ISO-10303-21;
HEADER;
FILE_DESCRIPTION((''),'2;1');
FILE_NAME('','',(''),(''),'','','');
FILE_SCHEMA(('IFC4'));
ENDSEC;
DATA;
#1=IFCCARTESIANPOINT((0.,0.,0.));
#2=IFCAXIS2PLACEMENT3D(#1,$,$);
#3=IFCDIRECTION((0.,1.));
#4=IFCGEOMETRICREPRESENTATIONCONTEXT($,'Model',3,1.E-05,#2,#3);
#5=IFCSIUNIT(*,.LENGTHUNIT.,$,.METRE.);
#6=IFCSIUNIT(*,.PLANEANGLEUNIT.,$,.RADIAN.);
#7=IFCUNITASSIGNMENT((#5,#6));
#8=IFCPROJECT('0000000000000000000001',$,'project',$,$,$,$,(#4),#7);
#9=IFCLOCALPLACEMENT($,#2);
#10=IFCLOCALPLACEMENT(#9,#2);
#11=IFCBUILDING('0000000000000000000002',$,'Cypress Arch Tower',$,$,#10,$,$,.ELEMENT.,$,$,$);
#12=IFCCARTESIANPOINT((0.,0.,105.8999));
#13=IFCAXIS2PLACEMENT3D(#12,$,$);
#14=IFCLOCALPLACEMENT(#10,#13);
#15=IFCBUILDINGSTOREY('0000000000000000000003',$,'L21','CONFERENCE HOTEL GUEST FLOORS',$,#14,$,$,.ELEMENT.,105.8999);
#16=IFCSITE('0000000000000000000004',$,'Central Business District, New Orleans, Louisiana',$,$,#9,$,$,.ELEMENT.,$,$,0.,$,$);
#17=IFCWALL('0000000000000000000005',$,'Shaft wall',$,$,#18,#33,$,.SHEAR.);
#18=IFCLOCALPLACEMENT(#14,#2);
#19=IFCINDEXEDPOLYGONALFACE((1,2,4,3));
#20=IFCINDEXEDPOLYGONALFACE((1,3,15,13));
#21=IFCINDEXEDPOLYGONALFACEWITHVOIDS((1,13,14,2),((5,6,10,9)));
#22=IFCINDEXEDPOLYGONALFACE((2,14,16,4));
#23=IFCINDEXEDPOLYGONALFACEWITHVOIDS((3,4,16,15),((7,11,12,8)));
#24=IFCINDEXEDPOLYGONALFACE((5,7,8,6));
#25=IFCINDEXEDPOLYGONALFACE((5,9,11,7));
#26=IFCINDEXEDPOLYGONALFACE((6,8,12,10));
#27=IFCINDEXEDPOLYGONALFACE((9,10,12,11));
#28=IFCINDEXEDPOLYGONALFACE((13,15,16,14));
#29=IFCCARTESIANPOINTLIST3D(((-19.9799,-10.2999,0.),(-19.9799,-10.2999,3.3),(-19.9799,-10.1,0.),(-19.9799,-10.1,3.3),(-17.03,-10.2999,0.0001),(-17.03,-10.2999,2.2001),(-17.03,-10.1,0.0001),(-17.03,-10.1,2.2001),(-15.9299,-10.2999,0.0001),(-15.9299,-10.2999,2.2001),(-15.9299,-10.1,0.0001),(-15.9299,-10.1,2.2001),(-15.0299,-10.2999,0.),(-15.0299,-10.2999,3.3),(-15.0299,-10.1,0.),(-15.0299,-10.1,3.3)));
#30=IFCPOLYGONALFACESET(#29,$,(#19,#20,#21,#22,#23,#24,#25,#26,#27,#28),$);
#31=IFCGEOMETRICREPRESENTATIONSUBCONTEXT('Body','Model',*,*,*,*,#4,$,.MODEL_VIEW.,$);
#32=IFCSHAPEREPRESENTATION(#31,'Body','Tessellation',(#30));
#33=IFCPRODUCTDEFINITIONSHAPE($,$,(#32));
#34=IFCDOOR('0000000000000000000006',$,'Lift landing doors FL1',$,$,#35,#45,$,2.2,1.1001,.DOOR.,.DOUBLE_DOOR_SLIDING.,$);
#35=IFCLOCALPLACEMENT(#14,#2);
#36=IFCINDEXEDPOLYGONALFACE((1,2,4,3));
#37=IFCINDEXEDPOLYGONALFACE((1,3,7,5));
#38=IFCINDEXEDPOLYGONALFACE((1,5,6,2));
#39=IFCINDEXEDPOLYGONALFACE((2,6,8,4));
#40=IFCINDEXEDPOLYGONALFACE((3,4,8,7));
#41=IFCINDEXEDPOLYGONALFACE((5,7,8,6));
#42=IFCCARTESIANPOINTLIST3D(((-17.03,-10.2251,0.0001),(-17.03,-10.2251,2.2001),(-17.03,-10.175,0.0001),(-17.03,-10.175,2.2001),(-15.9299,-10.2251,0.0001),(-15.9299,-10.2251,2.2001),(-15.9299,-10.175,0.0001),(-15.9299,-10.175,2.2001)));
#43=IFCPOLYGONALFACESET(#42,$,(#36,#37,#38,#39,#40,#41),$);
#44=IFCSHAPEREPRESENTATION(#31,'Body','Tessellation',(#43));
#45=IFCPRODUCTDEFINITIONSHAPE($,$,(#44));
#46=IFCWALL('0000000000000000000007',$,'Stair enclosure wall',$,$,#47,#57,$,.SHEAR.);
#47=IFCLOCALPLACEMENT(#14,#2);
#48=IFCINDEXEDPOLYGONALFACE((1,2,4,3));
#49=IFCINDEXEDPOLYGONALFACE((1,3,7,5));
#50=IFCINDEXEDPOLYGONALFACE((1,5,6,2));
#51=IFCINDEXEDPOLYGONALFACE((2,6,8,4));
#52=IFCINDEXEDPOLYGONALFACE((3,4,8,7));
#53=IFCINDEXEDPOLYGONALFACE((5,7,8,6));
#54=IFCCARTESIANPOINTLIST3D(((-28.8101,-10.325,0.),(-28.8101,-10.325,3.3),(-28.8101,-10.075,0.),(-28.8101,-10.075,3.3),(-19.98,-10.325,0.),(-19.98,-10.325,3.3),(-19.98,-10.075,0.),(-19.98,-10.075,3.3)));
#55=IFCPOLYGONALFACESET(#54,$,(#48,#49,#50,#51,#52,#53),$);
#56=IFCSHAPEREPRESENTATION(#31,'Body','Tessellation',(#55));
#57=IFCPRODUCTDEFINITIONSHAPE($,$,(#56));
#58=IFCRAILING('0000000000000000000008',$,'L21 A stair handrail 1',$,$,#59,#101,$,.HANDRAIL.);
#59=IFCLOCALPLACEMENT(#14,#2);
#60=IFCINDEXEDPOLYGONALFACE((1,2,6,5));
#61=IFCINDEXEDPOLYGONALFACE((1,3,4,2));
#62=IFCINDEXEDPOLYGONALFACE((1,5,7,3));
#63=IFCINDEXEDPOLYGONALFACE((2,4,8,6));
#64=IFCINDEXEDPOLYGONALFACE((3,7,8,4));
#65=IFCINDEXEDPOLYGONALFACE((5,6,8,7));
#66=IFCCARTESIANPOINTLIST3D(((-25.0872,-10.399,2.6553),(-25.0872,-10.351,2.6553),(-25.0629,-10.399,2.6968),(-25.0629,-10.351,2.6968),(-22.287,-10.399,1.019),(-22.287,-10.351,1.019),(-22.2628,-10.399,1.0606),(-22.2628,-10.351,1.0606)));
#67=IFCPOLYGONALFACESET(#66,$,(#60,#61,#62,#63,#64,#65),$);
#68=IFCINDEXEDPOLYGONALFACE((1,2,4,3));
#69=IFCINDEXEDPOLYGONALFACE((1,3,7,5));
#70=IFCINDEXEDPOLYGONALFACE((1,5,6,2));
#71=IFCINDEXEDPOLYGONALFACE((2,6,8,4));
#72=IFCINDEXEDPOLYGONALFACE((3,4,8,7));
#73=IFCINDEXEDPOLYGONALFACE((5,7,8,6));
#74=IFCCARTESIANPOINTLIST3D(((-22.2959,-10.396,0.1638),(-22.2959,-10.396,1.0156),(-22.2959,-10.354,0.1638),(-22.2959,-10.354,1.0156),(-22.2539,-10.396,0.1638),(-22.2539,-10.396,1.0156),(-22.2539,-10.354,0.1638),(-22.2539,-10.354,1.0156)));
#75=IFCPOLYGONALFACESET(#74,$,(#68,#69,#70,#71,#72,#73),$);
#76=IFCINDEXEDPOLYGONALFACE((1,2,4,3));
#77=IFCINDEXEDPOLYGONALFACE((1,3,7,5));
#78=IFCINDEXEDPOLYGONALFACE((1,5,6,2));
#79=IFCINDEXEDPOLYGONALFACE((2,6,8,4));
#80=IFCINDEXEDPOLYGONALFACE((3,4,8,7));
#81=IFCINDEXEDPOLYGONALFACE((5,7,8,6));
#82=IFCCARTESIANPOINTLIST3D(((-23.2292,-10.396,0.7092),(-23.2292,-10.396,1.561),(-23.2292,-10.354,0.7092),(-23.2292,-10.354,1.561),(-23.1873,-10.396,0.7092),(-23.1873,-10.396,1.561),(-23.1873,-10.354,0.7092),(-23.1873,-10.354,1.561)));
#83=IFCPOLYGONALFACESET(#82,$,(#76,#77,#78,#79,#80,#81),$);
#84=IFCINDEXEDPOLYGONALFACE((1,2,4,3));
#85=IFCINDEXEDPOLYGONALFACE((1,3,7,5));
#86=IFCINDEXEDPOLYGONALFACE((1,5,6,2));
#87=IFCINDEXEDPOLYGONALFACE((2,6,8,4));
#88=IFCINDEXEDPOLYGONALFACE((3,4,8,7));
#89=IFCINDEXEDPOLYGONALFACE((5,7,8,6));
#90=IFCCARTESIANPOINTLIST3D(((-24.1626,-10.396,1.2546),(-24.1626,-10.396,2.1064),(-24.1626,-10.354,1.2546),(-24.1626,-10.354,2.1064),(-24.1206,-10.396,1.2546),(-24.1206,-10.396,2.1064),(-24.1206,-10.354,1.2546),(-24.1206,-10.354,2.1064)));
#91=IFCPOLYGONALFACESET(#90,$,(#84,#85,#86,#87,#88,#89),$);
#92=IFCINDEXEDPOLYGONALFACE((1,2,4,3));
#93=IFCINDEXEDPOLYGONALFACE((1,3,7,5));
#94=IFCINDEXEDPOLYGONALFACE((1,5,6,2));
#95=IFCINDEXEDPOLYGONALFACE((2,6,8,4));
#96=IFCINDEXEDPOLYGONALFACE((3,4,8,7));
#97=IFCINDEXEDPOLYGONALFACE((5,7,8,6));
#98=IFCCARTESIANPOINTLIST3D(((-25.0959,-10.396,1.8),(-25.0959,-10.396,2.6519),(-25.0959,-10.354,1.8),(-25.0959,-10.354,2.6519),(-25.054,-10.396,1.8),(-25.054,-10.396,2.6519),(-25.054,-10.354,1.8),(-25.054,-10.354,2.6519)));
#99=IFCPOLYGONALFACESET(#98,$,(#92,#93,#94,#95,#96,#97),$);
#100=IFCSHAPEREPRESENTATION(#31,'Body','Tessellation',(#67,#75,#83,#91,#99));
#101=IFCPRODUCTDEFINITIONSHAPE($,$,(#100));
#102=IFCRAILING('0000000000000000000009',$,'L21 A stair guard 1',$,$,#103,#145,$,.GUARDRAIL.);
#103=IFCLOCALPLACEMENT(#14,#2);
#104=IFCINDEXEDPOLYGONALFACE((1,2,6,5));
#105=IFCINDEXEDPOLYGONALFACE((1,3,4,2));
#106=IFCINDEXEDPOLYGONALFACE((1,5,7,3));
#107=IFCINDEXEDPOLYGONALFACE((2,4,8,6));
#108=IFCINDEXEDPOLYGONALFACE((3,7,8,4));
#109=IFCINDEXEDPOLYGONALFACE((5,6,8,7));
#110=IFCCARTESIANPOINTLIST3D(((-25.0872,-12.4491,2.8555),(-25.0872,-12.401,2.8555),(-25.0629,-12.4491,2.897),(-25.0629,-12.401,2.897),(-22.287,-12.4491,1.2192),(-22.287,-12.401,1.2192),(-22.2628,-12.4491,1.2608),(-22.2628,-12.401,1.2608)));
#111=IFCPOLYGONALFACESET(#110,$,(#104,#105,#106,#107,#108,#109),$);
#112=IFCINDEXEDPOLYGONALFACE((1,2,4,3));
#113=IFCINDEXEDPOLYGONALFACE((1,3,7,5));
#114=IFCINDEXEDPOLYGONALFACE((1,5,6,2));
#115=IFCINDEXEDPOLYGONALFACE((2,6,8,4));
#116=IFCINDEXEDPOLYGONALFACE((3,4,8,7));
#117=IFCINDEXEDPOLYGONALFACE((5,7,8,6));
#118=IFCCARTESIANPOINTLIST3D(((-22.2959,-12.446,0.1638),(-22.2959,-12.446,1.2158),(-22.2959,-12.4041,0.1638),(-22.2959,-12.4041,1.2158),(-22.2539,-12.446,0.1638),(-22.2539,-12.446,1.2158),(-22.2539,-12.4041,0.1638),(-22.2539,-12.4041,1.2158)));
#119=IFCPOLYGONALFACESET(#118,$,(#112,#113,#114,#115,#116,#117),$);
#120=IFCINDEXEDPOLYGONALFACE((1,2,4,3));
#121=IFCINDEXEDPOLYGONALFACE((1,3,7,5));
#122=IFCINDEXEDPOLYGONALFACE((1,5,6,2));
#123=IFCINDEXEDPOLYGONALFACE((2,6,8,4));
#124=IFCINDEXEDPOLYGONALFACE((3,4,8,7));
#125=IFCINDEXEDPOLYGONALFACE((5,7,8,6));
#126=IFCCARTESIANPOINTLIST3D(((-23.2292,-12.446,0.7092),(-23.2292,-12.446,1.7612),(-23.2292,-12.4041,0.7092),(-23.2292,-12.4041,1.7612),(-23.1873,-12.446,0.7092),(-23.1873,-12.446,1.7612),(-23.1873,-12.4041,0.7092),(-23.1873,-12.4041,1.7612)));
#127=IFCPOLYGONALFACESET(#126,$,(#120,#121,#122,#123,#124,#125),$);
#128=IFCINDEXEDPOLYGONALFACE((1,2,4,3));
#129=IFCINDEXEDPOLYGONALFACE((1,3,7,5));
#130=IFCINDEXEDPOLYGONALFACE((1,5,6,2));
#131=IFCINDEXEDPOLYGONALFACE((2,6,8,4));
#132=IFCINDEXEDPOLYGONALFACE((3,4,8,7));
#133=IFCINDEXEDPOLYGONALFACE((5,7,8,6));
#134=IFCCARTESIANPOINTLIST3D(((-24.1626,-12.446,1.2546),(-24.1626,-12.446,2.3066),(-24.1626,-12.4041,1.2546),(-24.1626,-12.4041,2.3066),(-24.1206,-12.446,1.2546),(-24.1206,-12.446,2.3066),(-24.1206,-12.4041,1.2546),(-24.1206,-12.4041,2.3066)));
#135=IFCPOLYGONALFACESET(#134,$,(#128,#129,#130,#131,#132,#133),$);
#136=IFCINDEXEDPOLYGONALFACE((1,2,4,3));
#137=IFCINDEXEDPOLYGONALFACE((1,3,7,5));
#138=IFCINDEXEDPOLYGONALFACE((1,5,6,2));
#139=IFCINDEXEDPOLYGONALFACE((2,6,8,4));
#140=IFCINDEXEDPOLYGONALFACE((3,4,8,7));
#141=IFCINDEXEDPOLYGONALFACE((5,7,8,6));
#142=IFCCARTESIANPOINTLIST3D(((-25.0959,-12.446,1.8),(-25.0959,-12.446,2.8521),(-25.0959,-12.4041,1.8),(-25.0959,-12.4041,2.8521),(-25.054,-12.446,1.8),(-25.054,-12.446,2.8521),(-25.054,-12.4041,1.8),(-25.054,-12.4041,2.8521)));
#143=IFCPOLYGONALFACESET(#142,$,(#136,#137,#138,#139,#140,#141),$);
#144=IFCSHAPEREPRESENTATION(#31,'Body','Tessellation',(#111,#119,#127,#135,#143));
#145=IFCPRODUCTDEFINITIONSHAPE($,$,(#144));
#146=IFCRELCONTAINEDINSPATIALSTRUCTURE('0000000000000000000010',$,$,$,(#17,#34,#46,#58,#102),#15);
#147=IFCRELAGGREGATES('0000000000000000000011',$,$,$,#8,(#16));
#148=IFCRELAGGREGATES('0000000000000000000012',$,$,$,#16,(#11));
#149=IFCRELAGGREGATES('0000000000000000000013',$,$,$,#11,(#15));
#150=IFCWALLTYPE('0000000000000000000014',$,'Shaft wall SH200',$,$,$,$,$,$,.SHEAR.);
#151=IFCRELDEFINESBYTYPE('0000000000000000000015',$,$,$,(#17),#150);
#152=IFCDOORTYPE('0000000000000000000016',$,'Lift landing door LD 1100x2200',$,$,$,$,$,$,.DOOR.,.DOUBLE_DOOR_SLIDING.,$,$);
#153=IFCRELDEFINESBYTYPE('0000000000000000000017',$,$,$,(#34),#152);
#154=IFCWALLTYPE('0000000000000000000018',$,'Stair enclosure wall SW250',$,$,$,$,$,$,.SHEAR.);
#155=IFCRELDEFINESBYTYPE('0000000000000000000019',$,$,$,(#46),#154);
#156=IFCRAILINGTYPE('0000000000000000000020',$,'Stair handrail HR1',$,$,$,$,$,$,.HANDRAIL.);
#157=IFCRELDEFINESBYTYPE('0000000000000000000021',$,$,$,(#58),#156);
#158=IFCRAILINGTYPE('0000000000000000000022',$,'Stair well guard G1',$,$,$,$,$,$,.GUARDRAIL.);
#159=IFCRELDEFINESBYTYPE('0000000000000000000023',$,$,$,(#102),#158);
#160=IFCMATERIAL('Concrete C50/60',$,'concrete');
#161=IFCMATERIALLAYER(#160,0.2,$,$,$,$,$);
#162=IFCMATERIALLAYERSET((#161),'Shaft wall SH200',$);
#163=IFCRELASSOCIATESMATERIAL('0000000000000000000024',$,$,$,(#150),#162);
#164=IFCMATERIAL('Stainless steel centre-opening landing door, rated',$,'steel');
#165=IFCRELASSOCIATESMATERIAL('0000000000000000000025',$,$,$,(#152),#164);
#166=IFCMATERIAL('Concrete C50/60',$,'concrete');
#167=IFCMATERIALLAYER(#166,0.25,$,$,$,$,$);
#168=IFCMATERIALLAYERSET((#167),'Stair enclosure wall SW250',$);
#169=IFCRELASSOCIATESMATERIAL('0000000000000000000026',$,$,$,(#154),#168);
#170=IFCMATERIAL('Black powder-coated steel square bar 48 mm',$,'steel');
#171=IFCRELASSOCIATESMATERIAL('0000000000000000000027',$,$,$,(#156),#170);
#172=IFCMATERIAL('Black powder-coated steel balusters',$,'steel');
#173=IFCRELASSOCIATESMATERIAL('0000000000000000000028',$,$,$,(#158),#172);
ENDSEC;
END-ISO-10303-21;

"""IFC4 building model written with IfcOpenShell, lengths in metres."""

from ifc_helpers import new_model, si_unit, direction, frame, frame_2d, origin, origin_2d, place, context, subcontext, project, spatial, rectangle, extrude, material, layer, layer_set, type_object, element, fill, save


model = new_model("IFC4")

# Units and contexts
model_context = context("Model", 3, precision=1e-05, world=origin(), true_north=direction((0.0, 1.0)))
body_context = subcontext(model_context, "Body", "Model", "MODEL_VIEW")
ifc_project = project(units=[si_unit("LENGTHUNIT", "METRE"), si_unit("PLANEANGLEUNIT", "RADIAN")], contexts=[model_context])

# Site, building, storey
site_placement = place(None, origin())
site = spatial("IfcSite", under=ifc_project, at=site_placement, Name="Central Business District, New Orleans, Louisiana", CompositionType="ELEMENT", RefElevation=0.0)
building_placement = place(site_placement, origin())
building = spatial("IfcBuilding", under=site, at=building_placement, Name="Cypress Arch Tower", CompositionType="ELEMENT")
storey_placement = place(building_placement, frame((0.0, 0.0, 105.8999)))
storey = spatial("IfcBuildingStorey", under=building, at=storey_placement, Name="L21", Description="CONFERENCE HOTEL GUEST FLOORS", CompositionType="ELEMENT", Elevation=105.8999)

# Shared definitions
ifc_material_1 = material(Name="Concrete C50/60", Category="concrete")
ifc_layer_1 = layer(ifc_material_1, 0.2)
ifc_layer_set_1 = layer_set([ifc_layer_1], Name="Shaft wall SH200")
wall_type_1 = type_object("IfcWallType", Name="Shaft wall SH200", PredefinedType="SHEAR", material=ifc_layer_set_1)
ifc_material_2 = material(Name="Stainless steel centre-opening landing door, rated", Category="steel")
door_type = type_object("IfcDoorType", Name="Lift landing door LD 1100x2200", OperationType="DOUBLE_DOOR_SLIDING", PredefinedType="DOOR", material=ifc_material_2)

# Wall, opening, door
wall_1_placement = place(storey_placement, frame((-19.98, -10.2, 0.0), z_axis=(0.0, 0.0, 1.0), x_axis=(1.0, 0.0, 0.0)))
wall_1 = element("IfcWall", 1, at=wall_1_placement, inside=storey, type_object=wall_type_1, Name="Shaft wall", PredefinedType="SHEAR", context=body_context, shape_type="SweptSolid", body=[
    extrude(rectangle(XDim=4.95, YDim=0.2, at=frame_2d((2.4751, 0.0))), origin(), (0.0, 0.0, 1.0), 3.3),
])
opening_1_placement = place(wall_1_placement, frame((2.95, 0.0, 0.0)))
opening_1 = element("IfcOpeningElement", 2, at=opening_1_placement, cuts=wall_1, PredefinedType="OPENING", context=body_context, shape_type="SweptSolid", body=[
    extrude(rectangle(XDim=1.1001, YDim=2.2, at=frame_2d((0.55, 1.1001))), frame((0.0, 0.1099, 0.0), z_axis=(0.0, -1.0, 0.0), x_axis=(1.0, 0.0, 0.0)), (0.0, 0.0, 1.0), 0.22),
])
door_1_placement = place(opening_1_placement, origin())
door_1 = element("IfcDoor", 3, at=door_1_placement, inside=storey, type_object=door_type, Name="Lift landing doors FL1", OperationType="DOUBLE_DOOR_SLIDING", OverallHeight=2.2, OverallWidth=1.1001, PredefinedType="DOOR", context=body_context, shape_type="SweptSolid", body=[
    extrude(rectangle(XDim=1.1001, YDim=2.2, at=frame_2d((0.55, 1.1001))), frame((0.0, 0.0249, 0.0), z_axis=(0.0, -1.0, 0.0), x_axis=(1.0, 0.0, 0.0)), (0.0, 0.0, 1.0), 0.05),
])
fill(opening_1, door_1)

# Wall
ifc_material_3 = material(Name="Concrete C50/60", Category="concrete")
ifc_layer_2 = layer(ifc_material_3, 0.25)
ifc_layer_set_2 = layer_set([ifc_layer_2], Name="Stair enclosure wall SW250")
wall_type_2 = type_object("IfcWallType", Name="Stair enclosure wall SW250", PredefinedType="SHEAR", material=ifc_layer_set_2)
wall_2_placement = place(storey_placement, frame((-28.8101, -10.2, 0.0), z_axis=(0.0, 0.0, 1.0), x_axis=(1.0, 0.0, 0.0)))
element("IfcWall", 4, at=wall_2_placement, inside=storey, type_object=wall_type_2, Name="Stair enclosure wall", PredefinedType="SHEAR", context=body_context, shape_type="SweptSolid", body=[
    extrude(rectangle(XDim=8.8301, YDim=0.25, at=frame_2d((4.415, 0.0))), origin(), (0.0, 0.0, 1.0), 3.3),
])

# Railings
ifc_material_4 = material(Name="Black powder-coated steel square bar 48 mm", Category="steel")
railing_type_1 = type_object("IfcRailingType", Name="Stair handrail HR1", PredefinedType="HANDRAIL", material=ifc_material_4)
railing_1_placement = place(storey_placement, frame((-22.2749, -10.375, 0.1638)))
element("IfcRailing", 5, at=railing_1_placement, inside=storey, type_object=railing_type_1, Name="L21 A stair handrail 1", PredefinedType="HANDRAIL", context=body_context, shape_type="SweptSolid", body=[
    extrude(rectangle(XDim=0.0481, YDim=0.0481, at=origin_2d()), frame((0.0, 0.0, 0.876), z_axis=(-0.863394, 0.0, 0.504531), x_axis=(0.0, -1.0, 0.0)), (0.0, 0.0, 1.0), 3.2432),
    extrude(rectangle(XDim=0.042, YDim=0.042, at=origin_2d()), origin(), (0.0, 0.0, 1.0), 0.8518),
    extrude(rectangle(XDim=0.042, YDim=0.042, at=origin_2d()), frame((-0.9333, 0.0, 0.5454)), (0.0, 0.0, 1.0), 0.8518),
    extrude(rectangle(XDim=0.042, YDim=0.042, at=origin_2d()), frame((-1.8667, 0.0, 1.0908)), (0.0, 0.0, 1.0), 0.8518),
    extrude(rectangle(XDim=0.042, YDim=0.042, at=origin_2d()), frame((-2.8, 0.0, 1.6362)), (0.0, 0.0, 1.0), 0.8518),
])
ifc_material_5 = material(Name="Black powder-coated steel balusters", Category="steel")
railing_type_2 = type_object("IfcRailingType", Name="Stair well guard G1", PredefinedType="GUARDRAIL", material=ifc_material_5)
railing_2_placement = place(storey_placement, frame((-22.2749, -12.425, 0.1638)))
element("IfcRailing", 6, at=railing_2_placement, inside=storey, type_object=railing_type_2, Name="L21 A stair guard 1", PredefinedType="GUARDRAIL", context=body_context, shape_type="SweptSolid", body=[
    extrude(rectangle(XDim=0.0481, YDim=0.0481, at=origin_2d()), frame((0.0, 0.0, 1.0762), z_axis=(-0.863394, 0.0, 0.504531), x_axis=(0.0, -1.0, 0.0)), (0.0, 0.0, 1.0), 3.2432),
    extrude(rectangle(XDim=0.042, YDim=0.042, at=origin_2d()), origin(), (0.0, 0.0, 1.0), 1.052),
    extrude(rectangle(XDim=0.042, YDim=0.042, at=origin_2d()), frame((-0.9333, 0.0, 0.5454)), (0.0, 0.0, 1.0), 1.052),
    extrude(rectangle(XDim=0.042, YDim=0.042, at=origin_2d()), frame((-1.8667, 0.0, 1.0908)), (0.0, 0.0, 1.0), 1.052),
    extrude(rectangle(XDim=0.042, YDim=0.042, at=origin_2d()), frame((-2.8, 0.0, 1.6362)), (0.0, 0.0, 1.0), 1.052),
])

save(model, "model.ifc")
